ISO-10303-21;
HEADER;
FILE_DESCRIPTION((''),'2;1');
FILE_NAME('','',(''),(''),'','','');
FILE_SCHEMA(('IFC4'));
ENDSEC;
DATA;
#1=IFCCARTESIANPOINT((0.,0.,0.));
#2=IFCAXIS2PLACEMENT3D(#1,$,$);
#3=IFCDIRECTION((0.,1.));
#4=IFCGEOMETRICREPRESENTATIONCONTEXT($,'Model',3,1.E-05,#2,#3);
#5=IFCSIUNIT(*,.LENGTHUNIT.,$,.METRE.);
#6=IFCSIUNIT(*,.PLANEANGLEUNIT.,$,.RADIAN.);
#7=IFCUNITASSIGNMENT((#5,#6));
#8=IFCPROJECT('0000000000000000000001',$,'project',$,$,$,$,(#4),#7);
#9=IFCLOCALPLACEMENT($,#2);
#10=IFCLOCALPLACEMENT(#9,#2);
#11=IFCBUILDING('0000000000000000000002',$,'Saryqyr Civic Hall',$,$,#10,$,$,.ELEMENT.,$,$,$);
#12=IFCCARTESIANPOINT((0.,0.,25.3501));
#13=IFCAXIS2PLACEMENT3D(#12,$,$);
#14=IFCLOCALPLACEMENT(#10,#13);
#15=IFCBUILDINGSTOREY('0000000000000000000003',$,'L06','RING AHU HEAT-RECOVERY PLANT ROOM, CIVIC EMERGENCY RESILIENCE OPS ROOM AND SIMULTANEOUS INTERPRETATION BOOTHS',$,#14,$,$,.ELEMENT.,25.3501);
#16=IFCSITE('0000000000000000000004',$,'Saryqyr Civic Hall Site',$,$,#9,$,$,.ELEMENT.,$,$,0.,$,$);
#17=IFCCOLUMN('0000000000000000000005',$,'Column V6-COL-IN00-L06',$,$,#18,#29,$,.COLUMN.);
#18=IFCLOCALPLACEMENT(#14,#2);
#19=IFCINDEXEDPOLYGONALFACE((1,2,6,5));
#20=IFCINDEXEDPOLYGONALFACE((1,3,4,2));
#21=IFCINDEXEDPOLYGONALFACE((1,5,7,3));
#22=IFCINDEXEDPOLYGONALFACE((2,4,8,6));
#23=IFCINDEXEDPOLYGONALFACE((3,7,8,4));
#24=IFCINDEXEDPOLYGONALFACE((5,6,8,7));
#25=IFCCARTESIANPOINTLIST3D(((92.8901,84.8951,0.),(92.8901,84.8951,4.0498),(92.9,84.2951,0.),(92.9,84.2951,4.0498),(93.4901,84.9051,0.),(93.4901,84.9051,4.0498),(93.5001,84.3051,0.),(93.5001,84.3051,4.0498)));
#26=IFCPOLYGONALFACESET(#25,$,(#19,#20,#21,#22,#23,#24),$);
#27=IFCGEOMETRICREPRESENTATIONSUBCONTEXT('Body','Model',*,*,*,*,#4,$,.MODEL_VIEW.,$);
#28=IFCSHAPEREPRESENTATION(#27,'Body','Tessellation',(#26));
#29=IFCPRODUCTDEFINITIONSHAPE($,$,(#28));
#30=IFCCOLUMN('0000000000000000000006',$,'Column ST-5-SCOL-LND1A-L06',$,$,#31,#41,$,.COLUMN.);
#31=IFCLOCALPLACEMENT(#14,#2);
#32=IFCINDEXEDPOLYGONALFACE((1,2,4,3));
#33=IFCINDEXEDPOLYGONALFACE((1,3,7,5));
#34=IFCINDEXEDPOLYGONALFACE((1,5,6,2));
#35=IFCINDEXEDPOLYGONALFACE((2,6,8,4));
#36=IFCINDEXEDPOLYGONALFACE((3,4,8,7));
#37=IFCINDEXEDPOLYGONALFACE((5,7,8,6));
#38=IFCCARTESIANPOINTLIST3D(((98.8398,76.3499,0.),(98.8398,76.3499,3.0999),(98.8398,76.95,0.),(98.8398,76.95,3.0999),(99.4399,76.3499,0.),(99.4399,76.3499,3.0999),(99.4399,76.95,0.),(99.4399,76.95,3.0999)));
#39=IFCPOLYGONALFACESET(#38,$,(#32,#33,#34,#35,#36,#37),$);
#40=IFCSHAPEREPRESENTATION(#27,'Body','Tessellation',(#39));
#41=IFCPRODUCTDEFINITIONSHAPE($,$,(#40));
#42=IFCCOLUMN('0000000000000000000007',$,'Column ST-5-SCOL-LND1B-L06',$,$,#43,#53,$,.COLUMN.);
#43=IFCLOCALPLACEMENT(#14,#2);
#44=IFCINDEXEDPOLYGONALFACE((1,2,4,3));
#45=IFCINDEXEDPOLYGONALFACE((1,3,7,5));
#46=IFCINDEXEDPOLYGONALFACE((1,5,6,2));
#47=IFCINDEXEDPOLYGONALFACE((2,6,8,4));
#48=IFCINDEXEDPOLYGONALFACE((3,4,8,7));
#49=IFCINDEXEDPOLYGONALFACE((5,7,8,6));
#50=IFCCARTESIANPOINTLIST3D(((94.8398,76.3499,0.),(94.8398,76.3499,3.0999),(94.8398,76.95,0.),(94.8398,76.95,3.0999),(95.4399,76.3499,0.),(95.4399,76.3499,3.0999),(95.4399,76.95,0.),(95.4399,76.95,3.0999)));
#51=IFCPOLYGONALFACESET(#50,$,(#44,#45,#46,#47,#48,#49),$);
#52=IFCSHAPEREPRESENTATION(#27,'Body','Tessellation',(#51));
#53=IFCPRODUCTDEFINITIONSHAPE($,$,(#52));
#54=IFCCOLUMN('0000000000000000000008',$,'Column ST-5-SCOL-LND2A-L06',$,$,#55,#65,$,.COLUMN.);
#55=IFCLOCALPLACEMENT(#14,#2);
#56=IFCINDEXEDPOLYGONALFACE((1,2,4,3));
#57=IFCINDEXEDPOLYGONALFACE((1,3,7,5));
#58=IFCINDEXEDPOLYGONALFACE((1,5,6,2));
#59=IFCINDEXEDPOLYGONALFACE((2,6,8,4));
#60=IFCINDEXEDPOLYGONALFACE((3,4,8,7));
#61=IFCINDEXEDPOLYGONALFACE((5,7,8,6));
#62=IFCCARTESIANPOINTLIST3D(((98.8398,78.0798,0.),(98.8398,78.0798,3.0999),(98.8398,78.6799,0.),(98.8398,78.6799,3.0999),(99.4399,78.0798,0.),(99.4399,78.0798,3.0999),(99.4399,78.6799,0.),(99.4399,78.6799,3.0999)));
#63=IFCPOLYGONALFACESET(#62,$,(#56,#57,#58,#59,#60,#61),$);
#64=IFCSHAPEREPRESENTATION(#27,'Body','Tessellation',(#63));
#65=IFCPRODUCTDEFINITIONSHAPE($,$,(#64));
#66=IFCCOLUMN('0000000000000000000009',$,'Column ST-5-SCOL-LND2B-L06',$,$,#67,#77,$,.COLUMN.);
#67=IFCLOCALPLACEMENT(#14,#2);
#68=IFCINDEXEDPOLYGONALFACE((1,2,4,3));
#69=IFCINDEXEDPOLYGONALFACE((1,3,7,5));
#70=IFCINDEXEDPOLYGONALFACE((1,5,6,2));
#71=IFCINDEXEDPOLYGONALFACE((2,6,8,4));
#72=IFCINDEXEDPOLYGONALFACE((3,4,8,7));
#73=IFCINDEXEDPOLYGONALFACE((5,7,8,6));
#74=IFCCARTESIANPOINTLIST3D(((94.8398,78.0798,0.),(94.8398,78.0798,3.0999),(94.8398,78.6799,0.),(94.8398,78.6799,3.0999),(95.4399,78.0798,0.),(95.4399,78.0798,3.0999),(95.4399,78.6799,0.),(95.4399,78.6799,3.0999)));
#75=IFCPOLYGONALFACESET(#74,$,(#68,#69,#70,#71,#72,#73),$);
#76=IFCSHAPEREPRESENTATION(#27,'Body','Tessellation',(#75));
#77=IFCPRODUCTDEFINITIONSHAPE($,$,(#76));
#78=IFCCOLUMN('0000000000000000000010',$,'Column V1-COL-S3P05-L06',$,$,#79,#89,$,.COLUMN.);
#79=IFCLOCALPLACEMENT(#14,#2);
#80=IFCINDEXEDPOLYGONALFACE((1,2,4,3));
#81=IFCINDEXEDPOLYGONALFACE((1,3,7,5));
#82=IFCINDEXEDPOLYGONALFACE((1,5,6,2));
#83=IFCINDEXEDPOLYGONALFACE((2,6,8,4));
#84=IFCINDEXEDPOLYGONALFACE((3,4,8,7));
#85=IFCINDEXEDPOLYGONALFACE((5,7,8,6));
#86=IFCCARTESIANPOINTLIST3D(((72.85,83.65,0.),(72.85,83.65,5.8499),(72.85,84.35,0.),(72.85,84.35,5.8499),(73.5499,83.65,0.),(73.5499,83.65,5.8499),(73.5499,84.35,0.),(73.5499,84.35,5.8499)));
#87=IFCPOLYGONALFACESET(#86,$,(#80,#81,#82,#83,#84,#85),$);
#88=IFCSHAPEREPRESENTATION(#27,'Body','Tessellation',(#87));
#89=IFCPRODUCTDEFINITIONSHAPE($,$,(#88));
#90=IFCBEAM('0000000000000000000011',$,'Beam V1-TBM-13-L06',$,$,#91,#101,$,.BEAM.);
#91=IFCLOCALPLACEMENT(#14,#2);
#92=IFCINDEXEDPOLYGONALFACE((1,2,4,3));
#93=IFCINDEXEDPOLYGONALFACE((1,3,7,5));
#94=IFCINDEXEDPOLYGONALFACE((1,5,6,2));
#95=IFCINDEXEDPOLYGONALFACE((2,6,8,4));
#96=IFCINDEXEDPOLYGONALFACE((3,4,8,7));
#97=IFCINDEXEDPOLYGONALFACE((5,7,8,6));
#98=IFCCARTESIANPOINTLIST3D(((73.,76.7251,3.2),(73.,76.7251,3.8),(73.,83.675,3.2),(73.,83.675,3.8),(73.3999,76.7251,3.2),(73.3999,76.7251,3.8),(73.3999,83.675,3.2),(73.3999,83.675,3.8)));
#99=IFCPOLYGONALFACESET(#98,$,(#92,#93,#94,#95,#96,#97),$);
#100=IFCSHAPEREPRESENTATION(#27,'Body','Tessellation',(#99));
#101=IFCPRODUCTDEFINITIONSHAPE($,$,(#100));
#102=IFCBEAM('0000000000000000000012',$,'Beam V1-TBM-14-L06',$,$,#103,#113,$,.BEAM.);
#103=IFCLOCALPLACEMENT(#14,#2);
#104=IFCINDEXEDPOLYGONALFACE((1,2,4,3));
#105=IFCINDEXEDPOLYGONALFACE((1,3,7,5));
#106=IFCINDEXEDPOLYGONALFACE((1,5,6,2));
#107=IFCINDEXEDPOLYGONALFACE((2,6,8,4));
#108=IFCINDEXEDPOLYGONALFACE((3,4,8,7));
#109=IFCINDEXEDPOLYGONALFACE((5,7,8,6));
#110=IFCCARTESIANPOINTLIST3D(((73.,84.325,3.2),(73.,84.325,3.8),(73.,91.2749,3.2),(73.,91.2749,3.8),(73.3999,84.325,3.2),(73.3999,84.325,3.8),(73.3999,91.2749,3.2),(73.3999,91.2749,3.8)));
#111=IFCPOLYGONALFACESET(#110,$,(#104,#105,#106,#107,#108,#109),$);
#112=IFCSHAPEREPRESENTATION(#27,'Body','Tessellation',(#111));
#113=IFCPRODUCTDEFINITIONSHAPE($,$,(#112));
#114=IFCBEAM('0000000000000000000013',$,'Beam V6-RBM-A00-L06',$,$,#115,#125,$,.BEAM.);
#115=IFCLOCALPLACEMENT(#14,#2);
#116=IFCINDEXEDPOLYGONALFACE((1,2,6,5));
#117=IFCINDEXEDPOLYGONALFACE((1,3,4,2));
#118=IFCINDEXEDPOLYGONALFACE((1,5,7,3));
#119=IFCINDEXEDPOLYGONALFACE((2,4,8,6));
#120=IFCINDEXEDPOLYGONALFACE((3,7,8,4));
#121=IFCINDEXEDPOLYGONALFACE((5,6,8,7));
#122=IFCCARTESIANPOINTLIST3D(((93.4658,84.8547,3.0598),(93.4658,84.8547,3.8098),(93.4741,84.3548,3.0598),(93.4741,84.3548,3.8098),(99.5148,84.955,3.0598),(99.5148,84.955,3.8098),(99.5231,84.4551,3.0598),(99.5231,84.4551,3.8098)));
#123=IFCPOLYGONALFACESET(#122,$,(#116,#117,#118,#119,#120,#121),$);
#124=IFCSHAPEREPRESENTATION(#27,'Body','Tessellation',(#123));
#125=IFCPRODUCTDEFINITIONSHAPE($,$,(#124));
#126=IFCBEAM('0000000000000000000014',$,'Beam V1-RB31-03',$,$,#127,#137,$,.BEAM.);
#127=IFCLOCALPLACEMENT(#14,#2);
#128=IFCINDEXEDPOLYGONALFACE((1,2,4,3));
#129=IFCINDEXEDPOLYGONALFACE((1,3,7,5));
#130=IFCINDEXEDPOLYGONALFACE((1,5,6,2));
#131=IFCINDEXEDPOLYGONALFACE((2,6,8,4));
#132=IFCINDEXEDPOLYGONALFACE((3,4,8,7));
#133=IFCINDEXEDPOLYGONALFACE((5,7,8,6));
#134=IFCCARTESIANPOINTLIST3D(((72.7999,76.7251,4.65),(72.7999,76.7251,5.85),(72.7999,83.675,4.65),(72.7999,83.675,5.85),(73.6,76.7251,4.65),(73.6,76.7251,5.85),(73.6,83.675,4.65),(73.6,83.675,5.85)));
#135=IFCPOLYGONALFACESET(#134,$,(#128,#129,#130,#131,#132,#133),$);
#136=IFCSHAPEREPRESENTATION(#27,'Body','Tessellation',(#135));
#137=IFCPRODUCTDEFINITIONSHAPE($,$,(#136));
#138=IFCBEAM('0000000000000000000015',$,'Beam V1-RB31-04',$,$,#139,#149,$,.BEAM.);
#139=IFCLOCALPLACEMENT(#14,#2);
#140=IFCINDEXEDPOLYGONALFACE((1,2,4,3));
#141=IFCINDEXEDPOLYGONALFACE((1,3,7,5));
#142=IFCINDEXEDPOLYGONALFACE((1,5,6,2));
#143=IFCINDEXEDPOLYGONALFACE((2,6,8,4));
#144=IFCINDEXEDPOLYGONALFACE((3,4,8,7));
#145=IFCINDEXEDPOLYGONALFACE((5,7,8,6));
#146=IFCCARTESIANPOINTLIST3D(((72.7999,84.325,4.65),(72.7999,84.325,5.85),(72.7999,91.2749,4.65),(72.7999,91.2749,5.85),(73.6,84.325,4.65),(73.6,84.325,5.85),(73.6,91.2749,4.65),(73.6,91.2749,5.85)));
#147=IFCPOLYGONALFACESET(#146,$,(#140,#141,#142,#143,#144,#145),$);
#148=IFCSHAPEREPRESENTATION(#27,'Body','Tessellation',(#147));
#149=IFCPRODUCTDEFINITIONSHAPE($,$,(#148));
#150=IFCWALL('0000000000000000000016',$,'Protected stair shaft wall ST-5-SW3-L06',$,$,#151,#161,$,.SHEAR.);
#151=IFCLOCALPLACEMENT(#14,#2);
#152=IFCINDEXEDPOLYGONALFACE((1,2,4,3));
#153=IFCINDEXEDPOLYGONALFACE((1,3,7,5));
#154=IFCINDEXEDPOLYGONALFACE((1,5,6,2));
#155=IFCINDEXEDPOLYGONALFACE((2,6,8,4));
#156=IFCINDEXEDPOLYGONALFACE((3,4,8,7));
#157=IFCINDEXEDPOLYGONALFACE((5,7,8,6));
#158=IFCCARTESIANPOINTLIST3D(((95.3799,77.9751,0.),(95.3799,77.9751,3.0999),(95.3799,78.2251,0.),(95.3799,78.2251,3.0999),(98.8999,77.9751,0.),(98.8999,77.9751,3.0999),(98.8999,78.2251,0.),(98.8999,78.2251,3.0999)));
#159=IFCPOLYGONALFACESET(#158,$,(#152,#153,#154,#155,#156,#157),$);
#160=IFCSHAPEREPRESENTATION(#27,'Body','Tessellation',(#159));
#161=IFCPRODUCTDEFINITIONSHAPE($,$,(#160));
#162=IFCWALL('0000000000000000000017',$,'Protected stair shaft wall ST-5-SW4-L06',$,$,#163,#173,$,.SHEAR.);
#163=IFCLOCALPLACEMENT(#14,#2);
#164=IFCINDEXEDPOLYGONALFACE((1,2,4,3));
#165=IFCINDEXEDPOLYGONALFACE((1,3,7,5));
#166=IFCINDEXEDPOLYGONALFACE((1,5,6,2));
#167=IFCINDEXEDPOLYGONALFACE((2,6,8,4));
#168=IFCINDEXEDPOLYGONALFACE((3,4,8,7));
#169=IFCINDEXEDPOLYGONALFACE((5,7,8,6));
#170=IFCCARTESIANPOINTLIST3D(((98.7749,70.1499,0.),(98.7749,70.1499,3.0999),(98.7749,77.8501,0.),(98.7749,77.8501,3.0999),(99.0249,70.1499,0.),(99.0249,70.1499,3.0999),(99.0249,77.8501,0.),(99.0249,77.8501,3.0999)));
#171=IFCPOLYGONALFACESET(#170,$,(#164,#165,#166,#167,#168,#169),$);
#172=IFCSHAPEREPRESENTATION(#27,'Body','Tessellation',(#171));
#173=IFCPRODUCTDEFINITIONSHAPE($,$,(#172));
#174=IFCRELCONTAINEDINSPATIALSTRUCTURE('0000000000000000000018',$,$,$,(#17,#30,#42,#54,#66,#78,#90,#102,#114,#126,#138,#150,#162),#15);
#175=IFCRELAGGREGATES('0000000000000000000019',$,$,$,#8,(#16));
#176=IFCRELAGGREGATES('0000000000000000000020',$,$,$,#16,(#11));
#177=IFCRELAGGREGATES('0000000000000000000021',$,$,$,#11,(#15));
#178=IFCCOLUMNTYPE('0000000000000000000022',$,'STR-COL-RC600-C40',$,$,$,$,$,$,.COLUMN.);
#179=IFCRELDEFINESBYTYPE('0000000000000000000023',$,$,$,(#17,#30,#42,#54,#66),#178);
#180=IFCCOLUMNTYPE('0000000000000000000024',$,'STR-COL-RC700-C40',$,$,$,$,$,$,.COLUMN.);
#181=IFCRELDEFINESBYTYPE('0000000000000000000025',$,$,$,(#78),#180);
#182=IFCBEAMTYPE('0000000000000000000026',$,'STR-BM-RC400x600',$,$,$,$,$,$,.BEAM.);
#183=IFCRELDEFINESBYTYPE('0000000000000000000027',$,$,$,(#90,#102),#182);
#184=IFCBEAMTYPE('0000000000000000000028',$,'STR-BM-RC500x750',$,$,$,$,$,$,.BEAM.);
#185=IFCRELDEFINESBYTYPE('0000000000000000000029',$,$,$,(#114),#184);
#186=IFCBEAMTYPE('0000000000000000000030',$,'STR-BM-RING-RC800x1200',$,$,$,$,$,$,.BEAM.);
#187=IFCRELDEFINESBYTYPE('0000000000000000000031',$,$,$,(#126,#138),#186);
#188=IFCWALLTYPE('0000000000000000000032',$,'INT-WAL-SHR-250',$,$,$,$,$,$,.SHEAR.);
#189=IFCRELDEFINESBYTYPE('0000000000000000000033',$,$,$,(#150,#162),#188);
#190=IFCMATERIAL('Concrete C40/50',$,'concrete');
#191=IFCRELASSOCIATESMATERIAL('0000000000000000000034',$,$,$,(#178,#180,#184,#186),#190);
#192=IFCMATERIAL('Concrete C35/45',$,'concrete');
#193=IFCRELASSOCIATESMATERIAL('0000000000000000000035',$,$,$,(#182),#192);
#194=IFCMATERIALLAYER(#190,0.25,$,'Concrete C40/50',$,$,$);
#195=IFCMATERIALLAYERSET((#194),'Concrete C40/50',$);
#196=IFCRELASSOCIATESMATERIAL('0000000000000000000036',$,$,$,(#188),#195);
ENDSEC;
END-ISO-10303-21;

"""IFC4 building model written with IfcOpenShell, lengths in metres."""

from ifc_helpers import new_model, si_unit, direction, frame, frame_2d, origin, origin_2d, place, context, subcontext, project, spatial, rectangle, extrude, material, layer, layer_set, material_profile, profile_set, type_object, element, save


model = new_model("IFC4")

# Units and contexts
model_context = context("Model", 3, precision=1e-05, world=origin(), true_north=direction((0.0, 1.0)))
body_context = subcontext(model_context, "Body", "Model", "MODEL_VIEW")
ifc_project = project(units=[si_unit("LENGTHUNIT", "METRE"), si_unit("PLANEANGLEUNIT", "RADIAN")], contexts=[model_context])

# Site, building, storey
site_placement = place(None, origin())
site = spatial("IfcSite", under=ifc_project, at=site_placement, Name="Saryqyr Civic Hall Site", CompositionType="ELEMENT", RefElevation=0.0)
building_placement = place(site_placement, origin())
building = spatial("IfcBuilding", under=site, at=building_placement, Name="Saryqyr Civic Hall", CompositionType="ELEMENT")
storey_placement = place(building_placement, frame((0.0, 0.0, 25.3501)))
storey = spatial("IfcBuildingStorey", under=building, at=storey_placement, Name="L06", Description="RING AHU HEAT-RECOVERY PLANT ROOM, CIVIC EMERGENCY RESILIENCE OPS ROOM AND SIMULTANEOUS INTERPRETATION BOOTHS", CompositionType="ELEMENT", Elevation=25.3501)

# Columns
ifc_material_1 = material(Name="Concrete C40/50", Category="concrete")
ifc_material_profile_1 = material_profile(ifc_material_1, rectangle(XDim=0.6001, YDim=0.6001, at=origin_2d()), Name="RC 600x600")
ifc_profile_set_1 = profile_set([ifc_material_profile_1], Name="Concrete C40/50")
column_type_1 = type_object("IfcColumnType", Name="STR-COL-RC600-C40", PredefinedType="COLUMN", material=ifc_profile_set_1)
column_1_placement = place(storey_placement, frame((93.1951, 84.6001, 0.0), z_axis=(0.0, 0.0, 1.0), x_axis=(0.999863, 0.01658, 0.0)))
element("IfcColumn", 1, at=column_1_placement, inside=storey, type_object=column_type_1, Name="Column V6-COL-IN00-L06", PredefinedType="COLUMN", context=body_context, shape_type="SweptSolid", body=[
    extrude(rectangle(XDim=0.6001, YDim=0.6001, at=origin_2d()), origin(), (0.0, 0.0, 1.0), 4.0498),
])
for number, where, z_axis, x_axis, name in (
    (2, (99.1399, 76.6499, 0.0), (0.0, 0.0, 1.0), (1.0, 0.0, 0.0), "Column ST-5-SCOL-LND1A-L06"),
    (3, (95.1399, 76.6499, 0.0), (0.0, 0.0, 1.0), (1.0, 0.0, 0.0), "Column ST-5-SCOL-LND1B-L06"),
    (4, (99.1399, 78.3799, 0.0), (0.0, 0.0, 1.0), (1.0, 0.0, 0.0), "Column ST-5-SCOL-LND2A-L06"),
    (5, (95.1399, 78.3799, 0.0), (0.0, 0.0, 1.0), (1.0, 0.0, 0.0), "Column ST-5-SCOL-LND2B-L06"),
):
    element("IfcColumn", number, at=place(storey_placement, frame(where, z_axis=z_axis, x_axis=x_axis)), inside=storey, type_object=column_type_1, Name=name, PredefinedType="COLUMN", context=body_context, shape_type="SweptSolid", body=[
        extrude(rectangle(XDim=0.6001, YDim=0.6001, at=origin_2d()), origin(), (0.0, 0.0, 1.0), 3.0999),
    ])
ifc_material_profile_2 = material_profile(ifc_material_1, rectangle(XDim=0.7, YDim=0.7, at=origin_2d()), Name="RC 700x700")
ifc_profile_set_2 = profile_set([ifc_material_profile_2], Name="Concrete C40/50")
column_type_2 = type_object("IfcColumnType", Name="STR-COL-RC700-C40", PredefinedType="COLUMN", material=ifc_profile_set_2)
column_2_placement = place(storey_placement, frame((73.2, 84.0, 0.0), z_axis=(0.0, 0.0, 1.0), x_axis=(1.0, 0.0, 0.0)))
element("IfcColumn", 6, at=column_2_placement, inside=storey, type_object=column_type_2, Name="Column V1-COL-S3P05-L06", PredefinedType="COLUMN", context=body_context, shape_type="SweptSolid", body=[
    extrude(rectangle(XDim=0.7, YDim=0.7, at=origin_2d()), origin(), (0.0, 0.0, 1.0), 5.8499),
])

# Beams
ifc_material_2 = material(Name="Concrete C35/45", Category="concrete")
ifc_material_profile_3 = material_profile(ifc_material_2, rectangle(XDim=0.3999, YDim=0.6001, at=origin_2d()), Name="RC 400x600")
ifc_profile_set_3 = profile_set([ifc_material_profile_3], Name="Concrete C35/45")
beam_type_1 = type_object("IfcBeamType", Name="STR-BM-RC400x600", PredefinedType="BEAM", material=ifc_profile_set_3)
for number, where, z_axis, x_axis, name in (
    (7, (73.2, 76.7251, 3.5), (0.0, 1.0, 0.0), (-1.0, 0.0, 0.0), "Beam V1-TBM-13-L06"),
    (8, (73.2, 84.325, 3.5), (0.0, 1.0, 0.0), (-1.0, 0.0, 0.0), "Beam V1-TBM-14-L06"),
):
    element("IfcBeam", number, at=place(storey_placement, frame(where, z_axis=z_axis, x_axis=x_axis)), inside=storey, type_object=beam_type_1, Name=name, PredefinedType="BEAM", context=body_context, shape_type="SweptSolid", body=[
        extrude(rectangle(XDim=0.3999, YDim=0.6001, at=origin_2d()), origin(), (0.0, 0.0, 1.0), 6.95),
    ])
ifc_material_profile_4 = material_profile(ifc_material_1, rectangle(XDim=0.5, YDim=0.75, at=origin_2d()), Name="RC 500x750")
ifc_profile_set_4 = profile_set([ifc_material_profile_4], Name="Concrete C40/50")
beam_type_2 = type_object("IfcBeamType", Name="STR-BM-RC500x750", PredefinedType="BEAM", material=ifc_profile_set_4)
beam_placement = place(storey_placement, frame((93.47, 84.6047, 3.4348), z_axis=(0.999862, 0.016586, 0.0), x_axis=(-0.016586, 0.999862, 0.0)))
element("IfcBeam", 9, at=beam_placement, inside=storey, type_object=beam_type_2, Name="Beam V6-RBM-A00-L06", PredefinedType="BEAM", context=body_context, shape_type="SweptSolid", body=[
    extrude(rectangle(XDim=0.5, YDim=0.75, at=origin_2d()), origin(), (0.0, 0.0, 1.0), 6.0498),
])
ifc_material_profile_5 = material_profile(ifc_material_1, rectangle(XDim=0.8, YDim=1.2, at=origin_2d()), Name="RC 800x1200")
ifc_profile_set_5 = profile_set([ifc_material_profile_5], Name="Concrete C40/50")
beam_type_3 = type_object("IfcBeamType", Name="STR-BM-RING-RC800x1200", PredefinedType="BEAM", material=ifc_profile_set_5)
for number, where, z_axis, x_axis, name in (
    (10, (73.2, 76.7251, 5.25), (0.0, 1.0, 0.0), (-1.0, 0.0, 0.0), "Beam V1-RB31-03"),
    (11, (73.2, 84.325, 5.25), (0.0, 1.0, 0.0), (-1.0, 0.0, 0.0), "Beam V1-RB31-04"),
):
    element("IfcBeam", number, at=place(storey_placement, frame(where, z_axis=z_axis, x_axis=x_axis)), inside=storey, type_object=beam_type_3, Name=name, PredefinedType="BEAM", context=body_context, shape_type="SweptSolid", body=[
        extrude(rectangle(XDim=0.8, YDim=1.2, at=origin_2d()), origin(), (0.0, 0.0, 1.0), 6.95),
    ])

# Walls
ifc_layer_1 = layer(ifc_material_1, 0.25, Name="Concrete C40/50")
ifc_layer_set_1 = layer_set([ifc_layer_1], Name="Concrete C40/50")
wall_type = type_object("IfcWallType", Name="INT-WAL-SHR-250", PredefinedType="SHEAR", material=ifc_layer_set_1)
wall_1_placement = place(storey_placement, frame((95.3799, 78.1001, 0.0), z_axis=(0.0, 0.0, 1.0), x_axis=(1.0, 0.0, 0.0)))
element("IfcWall", 12, at=wall_1_placement, inside=storey, type_object=wall_type, Name="Protected stair shaft wall ST-5-SW3-L06", PredefinedType="SHEAR", context=body_context, shape_type="SweptSolid", body=[
    extrude(rectangle(XDim=3.52, YDim=0.25, at=frame_2d((1.76, 0.0))), origin(), (0.0, 0.0, 1.0), 3.0999),
])
wall_2_placement = place(storey_placement, frame((98.8999, 77.8501, 0.0), z_axis=(0.0, 0.0, 1.0), x_axis=(0.0, -1.0, 0.0)))
element("IfcWall", 13, at=wall_2_placement, inside=storey, type_object=wall_type, Name="Protected stair shaft wall ST-5-SW4-L06", PredefinedType="SHEAR", context=body_context, shape_type="SweptSolid", body=[
    extrude(rectangle(XDim=7.7002, YDim=0.25, at=frame_2d((3.8501, 0.0))), origin(), (0.0, 0.0, 1.0), 3.0999),
])

save(model, "model.ifc")
